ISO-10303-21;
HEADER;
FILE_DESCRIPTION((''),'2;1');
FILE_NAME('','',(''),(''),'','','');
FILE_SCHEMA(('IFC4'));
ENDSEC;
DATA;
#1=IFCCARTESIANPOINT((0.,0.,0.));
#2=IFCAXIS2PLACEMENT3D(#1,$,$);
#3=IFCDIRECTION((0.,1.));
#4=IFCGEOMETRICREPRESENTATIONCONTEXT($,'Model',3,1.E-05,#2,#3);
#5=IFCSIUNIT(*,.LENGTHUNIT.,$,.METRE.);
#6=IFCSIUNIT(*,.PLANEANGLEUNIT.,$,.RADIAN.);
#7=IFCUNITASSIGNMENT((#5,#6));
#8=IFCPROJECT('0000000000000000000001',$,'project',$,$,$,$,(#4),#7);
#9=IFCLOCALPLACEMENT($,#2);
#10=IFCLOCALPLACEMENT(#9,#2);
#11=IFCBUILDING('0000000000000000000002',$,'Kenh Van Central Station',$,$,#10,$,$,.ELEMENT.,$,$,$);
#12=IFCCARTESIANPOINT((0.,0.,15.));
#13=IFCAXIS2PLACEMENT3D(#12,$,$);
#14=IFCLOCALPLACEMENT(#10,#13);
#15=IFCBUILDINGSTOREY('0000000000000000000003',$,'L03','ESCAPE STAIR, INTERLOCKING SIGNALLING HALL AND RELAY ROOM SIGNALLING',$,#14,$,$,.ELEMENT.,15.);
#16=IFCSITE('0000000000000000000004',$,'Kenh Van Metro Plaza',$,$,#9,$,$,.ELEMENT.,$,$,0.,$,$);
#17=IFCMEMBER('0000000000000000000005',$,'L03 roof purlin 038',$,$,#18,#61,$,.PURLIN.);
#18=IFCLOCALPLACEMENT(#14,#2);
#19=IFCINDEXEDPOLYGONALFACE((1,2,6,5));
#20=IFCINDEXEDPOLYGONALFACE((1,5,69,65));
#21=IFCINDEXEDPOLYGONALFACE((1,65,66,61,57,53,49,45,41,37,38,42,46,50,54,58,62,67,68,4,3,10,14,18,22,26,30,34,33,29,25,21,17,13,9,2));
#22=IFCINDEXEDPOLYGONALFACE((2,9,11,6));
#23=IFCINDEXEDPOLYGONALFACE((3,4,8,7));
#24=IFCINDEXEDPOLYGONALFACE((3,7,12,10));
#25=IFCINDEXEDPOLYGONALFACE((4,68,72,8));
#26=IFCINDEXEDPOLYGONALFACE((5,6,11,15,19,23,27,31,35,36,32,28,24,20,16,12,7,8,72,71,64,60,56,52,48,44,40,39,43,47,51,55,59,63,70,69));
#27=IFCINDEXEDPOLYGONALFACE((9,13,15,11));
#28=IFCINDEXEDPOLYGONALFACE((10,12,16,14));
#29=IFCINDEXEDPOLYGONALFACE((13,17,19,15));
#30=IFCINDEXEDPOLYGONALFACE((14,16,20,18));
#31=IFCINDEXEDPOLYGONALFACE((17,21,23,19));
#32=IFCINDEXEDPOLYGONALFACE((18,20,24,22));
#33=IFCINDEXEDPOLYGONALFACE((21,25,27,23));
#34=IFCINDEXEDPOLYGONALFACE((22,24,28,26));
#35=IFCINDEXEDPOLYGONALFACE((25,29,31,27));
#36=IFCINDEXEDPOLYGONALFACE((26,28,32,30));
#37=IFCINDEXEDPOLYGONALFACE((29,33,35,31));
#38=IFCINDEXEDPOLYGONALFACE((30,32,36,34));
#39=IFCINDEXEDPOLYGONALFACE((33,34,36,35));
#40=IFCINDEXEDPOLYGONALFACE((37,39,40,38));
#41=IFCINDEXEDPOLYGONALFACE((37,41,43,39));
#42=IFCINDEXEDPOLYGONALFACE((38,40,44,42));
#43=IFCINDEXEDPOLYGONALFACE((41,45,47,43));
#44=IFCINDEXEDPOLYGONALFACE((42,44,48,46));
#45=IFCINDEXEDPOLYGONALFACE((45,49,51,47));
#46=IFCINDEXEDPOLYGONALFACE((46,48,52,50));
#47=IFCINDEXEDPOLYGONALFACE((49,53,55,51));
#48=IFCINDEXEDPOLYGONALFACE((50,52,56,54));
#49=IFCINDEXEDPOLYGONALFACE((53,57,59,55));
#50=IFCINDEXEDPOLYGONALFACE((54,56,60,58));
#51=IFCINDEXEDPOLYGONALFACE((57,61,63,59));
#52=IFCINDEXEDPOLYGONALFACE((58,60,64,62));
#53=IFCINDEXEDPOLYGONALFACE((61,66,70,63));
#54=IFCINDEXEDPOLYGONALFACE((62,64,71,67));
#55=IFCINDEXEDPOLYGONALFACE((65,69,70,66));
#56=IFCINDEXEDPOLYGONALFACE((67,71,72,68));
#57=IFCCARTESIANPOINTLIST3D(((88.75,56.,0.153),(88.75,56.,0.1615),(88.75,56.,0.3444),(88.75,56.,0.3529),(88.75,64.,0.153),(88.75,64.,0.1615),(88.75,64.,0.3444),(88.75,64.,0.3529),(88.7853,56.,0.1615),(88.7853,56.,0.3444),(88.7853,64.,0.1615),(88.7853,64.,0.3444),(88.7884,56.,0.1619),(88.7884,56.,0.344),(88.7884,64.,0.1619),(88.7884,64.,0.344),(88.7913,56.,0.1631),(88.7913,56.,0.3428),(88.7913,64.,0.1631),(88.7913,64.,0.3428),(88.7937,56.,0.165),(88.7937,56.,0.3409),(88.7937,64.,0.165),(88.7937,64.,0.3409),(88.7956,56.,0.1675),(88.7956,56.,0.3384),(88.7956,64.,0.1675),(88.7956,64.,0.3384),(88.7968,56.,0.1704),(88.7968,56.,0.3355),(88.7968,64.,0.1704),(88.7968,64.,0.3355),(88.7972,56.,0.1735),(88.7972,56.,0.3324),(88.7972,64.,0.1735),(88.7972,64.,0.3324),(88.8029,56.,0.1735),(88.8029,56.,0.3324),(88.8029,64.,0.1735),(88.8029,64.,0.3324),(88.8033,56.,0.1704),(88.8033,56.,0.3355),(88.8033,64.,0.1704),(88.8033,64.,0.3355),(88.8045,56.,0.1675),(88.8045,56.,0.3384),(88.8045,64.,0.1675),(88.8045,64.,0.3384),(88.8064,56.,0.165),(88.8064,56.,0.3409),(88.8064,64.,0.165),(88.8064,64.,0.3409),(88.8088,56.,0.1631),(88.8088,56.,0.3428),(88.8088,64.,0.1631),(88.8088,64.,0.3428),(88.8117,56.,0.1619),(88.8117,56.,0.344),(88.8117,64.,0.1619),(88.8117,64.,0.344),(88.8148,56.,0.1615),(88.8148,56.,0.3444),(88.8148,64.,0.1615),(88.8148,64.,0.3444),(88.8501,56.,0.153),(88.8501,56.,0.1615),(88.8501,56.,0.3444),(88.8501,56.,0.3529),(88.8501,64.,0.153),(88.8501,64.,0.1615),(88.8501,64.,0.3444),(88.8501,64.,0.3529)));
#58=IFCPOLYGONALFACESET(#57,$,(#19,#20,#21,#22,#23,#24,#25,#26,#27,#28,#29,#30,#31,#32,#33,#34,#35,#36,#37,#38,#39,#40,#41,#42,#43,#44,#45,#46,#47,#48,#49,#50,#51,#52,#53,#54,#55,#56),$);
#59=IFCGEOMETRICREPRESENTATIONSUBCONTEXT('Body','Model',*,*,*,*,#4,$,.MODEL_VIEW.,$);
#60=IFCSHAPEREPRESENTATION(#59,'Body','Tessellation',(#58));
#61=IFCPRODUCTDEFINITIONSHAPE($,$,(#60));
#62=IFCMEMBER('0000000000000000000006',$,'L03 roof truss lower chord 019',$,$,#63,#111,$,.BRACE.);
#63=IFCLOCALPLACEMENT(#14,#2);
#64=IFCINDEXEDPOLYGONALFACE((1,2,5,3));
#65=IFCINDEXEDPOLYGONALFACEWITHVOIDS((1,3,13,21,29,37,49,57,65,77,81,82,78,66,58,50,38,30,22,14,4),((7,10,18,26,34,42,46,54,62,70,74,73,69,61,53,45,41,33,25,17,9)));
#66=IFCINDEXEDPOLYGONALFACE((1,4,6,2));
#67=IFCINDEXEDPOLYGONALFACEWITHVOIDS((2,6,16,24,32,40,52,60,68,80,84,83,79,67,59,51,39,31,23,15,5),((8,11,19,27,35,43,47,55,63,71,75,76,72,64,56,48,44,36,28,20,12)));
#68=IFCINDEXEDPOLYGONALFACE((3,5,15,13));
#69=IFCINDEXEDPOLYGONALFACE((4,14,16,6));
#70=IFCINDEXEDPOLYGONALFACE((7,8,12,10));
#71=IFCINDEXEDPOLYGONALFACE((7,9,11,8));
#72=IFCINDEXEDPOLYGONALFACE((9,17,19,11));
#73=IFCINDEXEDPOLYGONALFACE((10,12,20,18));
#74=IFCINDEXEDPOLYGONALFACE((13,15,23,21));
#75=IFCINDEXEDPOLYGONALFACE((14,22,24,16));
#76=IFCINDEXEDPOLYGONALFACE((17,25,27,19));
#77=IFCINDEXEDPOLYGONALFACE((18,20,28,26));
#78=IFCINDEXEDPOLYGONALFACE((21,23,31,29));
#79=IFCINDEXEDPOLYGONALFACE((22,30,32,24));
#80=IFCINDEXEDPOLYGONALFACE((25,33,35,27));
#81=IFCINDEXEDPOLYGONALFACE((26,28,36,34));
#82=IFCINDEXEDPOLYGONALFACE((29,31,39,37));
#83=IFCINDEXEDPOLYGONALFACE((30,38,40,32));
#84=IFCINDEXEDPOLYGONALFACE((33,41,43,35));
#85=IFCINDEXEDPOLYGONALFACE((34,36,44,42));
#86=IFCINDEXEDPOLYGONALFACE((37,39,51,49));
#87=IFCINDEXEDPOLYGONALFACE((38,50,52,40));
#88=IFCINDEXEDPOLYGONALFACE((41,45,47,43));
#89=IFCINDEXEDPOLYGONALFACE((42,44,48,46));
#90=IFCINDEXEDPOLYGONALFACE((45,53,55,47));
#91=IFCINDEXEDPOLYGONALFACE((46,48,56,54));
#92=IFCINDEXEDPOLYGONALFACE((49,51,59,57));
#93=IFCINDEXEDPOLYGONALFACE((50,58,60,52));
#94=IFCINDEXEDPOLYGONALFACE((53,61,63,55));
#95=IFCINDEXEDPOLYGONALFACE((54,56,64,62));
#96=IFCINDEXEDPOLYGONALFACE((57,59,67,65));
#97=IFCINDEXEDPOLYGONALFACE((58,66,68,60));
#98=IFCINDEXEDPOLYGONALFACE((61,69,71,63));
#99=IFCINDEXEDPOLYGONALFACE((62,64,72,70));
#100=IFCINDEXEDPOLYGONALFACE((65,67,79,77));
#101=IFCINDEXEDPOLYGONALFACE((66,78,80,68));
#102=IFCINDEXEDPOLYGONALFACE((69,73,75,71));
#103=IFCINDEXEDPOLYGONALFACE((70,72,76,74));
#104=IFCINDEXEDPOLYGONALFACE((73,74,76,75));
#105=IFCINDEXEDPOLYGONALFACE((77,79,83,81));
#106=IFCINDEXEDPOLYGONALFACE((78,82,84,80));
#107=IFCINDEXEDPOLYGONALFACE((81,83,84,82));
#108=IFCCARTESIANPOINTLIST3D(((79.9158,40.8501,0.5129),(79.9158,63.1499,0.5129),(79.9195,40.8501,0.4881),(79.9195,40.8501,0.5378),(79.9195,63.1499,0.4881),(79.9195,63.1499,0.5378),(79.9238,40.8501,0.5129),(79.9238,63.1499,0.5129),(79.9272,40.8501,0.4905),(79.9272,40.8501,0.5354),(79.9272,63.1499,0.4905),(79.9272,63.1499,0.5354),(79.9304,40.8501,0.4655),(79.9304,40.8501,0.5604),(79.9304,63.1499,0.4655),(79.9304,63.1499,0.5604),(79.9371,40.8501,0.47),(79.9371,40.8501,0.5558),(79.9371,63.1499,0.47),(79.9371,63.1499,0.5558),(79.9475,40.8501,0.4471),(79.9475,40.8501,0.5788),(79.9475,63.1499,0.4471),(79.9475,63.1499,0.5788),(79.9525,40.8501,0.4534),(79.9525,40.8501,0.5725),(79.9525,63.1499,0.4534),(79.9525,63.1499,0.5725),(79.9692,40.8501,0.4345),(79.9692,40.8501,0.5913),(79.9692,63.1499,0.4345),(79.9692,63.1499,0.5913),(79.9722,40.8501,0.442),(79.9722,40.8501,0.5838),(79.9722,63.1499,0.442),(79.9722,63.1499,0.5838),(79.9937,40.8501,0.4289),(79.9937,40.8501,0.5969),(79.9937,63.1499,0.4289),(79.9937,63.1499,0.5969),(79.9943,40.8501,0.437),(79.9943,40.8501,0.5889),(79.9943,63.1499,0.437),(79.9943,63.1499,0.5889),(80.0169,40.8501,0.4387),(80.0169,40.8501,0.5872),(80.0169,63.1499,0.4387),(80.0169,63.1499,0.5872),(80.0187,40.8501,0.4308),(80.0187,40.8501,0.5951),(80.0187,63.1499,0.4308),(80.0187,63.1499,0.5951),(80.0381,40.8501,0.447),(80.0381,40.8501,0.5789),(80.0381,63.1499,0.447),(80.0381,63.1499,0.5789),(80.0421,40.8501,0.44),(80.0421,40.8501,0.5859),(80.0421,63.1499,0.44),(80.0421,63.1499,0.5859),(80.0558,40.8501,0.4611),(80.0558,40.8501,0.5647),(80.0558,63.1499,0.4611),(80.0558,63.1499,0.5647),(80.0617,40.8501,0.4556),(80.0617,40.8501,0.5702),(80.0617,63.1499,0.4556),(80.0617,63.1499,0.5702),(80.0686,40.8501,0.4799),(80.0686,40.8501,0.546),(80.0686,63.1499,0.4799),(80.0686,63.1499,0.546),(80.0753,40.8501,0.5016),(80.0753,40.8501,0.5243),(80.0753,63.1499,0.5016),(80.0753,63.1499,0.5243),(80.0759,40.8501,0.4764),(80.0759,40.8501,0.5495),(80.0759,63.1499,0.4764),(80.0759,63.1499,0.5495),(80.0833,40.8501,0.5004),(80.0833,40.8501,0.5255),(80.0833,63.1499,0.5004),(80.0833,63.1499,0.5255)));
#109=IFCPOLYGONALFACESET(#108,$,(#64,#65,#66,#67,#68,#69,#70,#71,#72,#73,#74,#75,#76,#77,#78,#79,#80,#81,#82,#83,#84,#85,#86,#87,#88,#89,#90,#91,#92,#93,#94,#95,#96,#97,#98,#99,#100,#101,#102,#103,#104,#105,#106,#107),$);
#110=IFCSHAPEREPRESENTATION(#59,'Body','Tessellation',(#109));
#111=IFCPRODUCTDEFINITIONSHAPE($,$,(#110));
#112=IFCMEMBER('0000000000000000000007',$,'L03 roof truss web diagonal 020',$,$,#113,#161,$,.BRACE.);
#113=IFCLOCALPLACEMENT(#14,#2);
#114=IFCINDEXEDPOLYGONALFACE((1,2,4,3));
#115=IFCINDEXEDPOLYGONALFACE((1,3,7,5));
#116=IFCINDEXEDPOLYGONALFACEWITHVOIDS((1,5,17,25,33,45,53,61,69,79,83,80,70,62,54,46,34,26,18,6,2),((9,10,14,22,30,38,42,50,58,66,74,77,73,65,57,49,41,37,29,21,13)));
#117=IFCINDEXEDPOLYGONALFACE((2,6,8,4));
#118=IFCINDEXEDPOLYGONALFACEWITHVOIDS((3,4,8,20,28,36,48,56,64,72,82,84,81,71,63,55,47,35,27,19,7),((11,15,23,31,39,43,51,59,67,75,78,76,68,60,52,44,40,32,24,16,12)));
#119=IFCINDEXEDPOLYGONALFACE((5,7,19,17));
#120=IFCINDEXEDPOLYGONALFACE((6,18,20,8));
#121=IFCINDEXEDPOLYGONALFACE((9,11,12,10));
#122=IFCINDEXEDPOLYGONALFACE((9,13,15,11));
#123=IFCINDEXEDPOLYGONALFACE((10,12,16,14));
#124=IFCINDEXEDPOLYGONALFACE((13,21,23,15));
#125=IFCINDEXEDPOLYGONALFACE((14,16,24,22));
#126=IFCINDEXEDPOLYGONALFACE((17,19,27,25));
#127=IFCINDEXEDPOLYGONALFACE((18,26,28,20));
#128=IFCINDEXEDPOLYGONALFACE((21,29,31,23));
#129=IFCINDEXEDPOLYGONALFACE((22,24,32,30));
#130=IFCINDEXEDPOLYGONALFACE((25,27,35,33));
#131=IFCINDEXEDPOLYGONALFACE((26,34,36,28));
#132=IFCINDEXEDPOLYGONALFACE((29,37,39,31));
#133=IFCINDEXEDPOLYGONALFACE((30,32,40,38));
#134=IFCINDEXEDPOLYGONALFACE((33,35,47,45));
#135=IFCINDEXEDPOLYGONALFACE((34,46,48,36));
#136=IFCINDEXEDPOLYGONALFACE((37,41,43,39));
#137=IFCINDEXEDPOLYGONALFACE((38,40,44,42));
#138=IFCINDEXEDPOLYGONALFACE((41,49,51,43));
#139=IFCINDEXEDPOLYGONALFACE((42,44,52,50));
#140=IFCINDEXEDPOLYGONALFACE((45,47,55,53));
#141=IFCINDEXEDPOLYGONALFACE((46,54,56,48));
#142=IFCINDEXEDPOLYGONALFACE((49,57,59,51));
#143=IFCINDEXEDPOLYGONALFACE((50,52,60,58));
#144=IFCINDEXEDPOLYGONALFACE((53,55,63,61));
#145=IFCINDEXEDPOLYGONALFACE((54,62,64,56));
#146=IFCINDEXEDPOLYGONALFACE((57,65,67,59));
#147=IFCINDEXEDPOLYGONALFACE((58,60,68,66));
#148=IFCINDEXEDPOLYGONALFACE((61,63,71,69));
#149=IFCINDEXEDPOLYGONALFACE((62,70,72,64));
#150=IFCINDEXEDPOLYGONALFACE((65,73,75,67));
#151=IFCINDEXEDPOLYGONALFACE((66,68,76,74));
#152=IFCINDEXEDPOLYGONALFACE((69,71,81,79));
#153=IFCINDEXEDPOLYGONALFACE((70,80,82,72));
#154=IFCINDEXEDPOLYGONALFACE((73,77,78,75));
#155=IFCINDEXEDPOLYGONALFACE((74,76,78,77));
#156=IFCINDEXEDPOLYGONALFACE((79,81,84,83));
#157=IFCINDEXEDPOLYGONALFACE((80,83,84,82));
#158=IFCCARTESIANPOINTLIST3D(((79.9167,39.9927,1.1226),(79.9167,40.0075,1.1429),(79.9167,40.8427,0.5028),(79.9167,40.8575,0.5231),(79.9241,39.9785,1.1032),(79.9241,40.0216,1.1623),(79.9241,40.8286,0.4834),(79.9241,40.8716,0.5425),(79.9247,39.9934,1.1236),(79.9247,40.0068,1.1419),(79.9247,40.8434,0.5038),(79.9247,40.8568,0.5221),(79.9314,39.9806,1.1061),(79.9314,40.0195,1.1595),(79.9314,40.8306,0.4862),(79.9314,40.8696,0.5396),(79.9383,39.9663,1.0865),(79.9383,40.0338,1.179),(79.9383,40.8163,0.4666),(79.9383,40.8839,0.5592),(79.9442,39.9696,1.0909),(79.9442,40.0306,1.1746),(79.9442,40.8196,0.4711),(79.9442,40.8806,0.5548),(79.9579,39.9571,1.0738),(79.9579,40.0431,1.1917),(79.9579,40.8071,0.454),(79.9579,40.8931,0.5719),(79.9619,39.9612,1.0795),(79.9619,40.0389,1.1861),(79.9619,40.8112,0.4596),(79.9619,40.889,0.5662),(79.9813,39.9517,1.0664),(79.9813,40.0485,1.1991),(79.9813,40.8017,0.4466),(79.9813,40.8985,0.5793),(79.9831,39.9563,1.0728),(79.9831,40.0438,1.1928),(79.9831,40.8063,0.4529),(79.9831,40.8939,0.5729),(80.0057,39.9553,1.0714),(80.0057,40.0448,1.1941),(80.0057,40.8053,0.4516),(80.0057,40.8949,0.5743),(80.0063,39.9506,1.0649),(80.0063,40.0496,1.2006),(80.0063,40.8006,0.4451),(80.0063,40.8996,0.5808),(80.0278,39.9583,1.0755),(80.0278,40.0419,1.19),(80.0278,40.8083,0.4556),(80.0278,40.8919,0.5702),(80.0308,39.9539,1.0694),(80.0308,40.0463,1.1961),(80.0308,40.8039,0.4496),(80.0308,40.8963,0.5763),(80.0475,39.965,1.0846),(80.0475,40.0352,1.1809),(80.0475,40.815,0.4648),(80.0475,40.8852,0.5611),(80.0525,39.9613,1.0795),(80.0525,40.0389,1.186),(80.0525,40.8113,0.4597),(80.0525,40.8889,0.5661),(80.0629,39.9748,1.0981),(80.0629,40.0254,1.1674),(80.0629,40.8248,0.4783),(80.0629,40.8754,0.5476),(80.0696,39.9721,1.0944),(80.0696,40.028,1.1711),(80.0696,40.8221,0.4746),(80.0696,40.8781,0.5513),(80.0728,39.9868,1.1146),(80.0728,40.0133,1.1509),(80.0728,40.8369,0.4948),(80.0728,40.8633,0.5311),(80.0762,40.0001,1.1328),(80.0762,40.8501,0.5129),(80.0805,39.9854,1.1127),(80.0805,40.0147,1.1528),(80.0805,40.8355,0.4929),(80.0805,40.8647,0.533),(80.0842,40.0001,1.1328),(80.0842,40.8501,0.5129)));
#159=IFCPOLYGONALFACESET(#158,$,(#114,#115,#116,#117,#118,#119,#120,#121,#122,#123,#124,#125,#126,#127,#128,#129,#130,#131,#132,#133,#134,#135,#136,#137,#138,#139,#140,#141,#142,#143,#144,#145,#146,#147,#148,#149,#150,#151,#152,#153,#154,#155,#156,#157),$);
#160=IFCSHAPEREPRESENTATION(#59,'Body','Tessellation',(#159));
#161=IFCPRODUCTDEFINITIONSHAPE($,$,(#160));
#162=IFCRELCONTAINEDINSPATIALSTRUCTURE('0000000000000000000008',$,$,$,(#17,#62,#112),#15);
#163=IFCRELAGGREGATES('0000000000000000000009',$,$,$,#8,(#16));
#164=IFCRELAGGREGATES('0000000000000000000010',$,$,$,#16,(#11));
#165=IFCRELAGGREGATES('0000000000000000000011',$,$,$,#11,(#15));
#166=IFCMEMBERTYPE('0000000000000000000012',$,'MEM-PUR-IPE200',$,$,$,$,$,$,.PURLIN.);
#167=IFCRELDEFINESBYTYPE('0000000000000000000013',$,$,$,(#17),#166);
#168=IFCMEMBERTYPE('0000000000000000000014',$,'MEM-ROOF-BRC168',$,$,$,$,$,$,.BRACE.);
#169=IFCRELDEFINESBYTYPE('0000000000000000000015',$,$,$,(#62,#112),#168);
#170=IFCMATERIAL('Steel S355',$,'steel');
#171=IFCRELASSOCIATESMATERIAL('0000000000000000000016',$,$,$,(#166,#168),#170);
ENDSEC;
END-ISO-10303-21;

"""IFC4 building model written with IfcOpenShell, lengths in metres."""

from ifc_helpers import new_model, si_unit, direction, frame, origin, origin_2d, place, context, subcontext, project, spatial, hollow_circle, i_section, extrude, material, material_profile, profile_set, type_object, element, save


model = new_model("IFC4")

# Units and contexts
model_context = context("Model", 3, precision=1e-05, world=origin(), true_north=direction((0.0, 1.0)))
body_context = subcontext(model_context, "Body", "Model", "MODEL_VIEW")
ifc_project = project(units=[si_unit("LENGTHUNIT", "METRE"), si_unit("PLANEANGLEUNIT", "RADIAN")], contexts=[model_context])

# Site, building, storey
site_placement = place(None, origin())
site = spatial("IfcSite", under=ifc_project, at=site_placement, Name="Kenh Van Metro Plaza", CompositionType="ELEMENT", RefElevation=0.0)
building_placement = place(site_placement, origin())
building = spatial("IfcBuilding", under=site, at=building_placement, Name="Kenh Van Central Station", CompositionType="ELEMENT")
storey_placement = place(building_placement, frame((0.0, 0.0, 15.0)))
storey = spatial("IfcBuildingStorey", under=building, at=storey_placement, Name="L03", Description="ESCAPE STAIR, INTERLOCKING SIGNALLING HALL AND RELAY ROOM SIGNALLING", CompositionType="ELEMENT", Elevation=15.0)

# Shared definitions
ifc_material_1 = material(Name="Steel S355", Category="steel")

# Members
ifc_material_profile_1 = material_profile(ifc_material_1, i_section(OverallWidth=0.1001, OverallDepth=0.2, WebThickness=0.0056, FlangeThickness=0.0085, FilletRadius=0.012, at=origin_2d()), Name="IPE 200")
ifc_profile_set_1 = profile_set([ifc_material_profile_1], Name="Steel S355")
member_type_1 = type_object("IfcMemberType", Name="MEM-PUR-IPE200", PredefinedType="PURLIN", material=ifc_profile_set_1)
for number, where, z_axis, x_axis, name in (
    (1, (88.8, 56.0, 0.2529), (0.0, 1.0, 0.0), (-1.0, 0.0, 0.0), "L03 roof purlin 038"),
):
    element("IfcMember", number, at=place(storey_placement, frame(where, z_axis=z_axis, x_axis=x_axis)), inside=storey, type_object=member_type_1, Name=name, PredefinedType="PURLIN", context=body_context, shape_type="SweptSolid", body=[
        extrude(i_section(OverallWidth=0.1001, OverallDepth=0.2, WebThickness=0.0056, FlangeThickness=0.0085, FilletRadius=0.012, at=origin_2d()), origin(), (0.0, 0.0, 1.0), 8.0),
    ])
ifc_material_profile_2 = material_profile(ifc_material_1, hollow_circle(Radius=0.0842, WallThickness=0.0081, at=origin_2d()), Name="CHS 168.3x8")
ifc_profile_set_2 = profile_set([ifc_material_profile_2], Name="Steel S355")
member_type_2 = type_object("IfcMemberType", Name="MEM-ROOF-BRC168", PredefinedType="BRACE", material=ifc_profile_set_2)
member_1_placement = place(storey_placement, frame((80.0, 40.8501, 0.5129), z_axis=(0.0, 1.0, 0.0), x_axis=(-1.0, 0.0, 0.0)))
element("IfcMember", 2, at=member_1_placement, inside=storey, type_object=member_type_2, Name="L03 roof truss lower chord 019", PredefinedType="BRACE", context=body_context, shape_type="SweptSolid", body=[
    extrude(hollow_circle(Radius=0.0842, WallThickness=0.0081, at=origin_2d()), origin(), (0.0, 0.0, 1.0), 22.2998),
])
for number, where, z_axis, x_axis, name in (
    (3, (80.0, 40.8501, 0.5129), (0.0, -0.808003, 0.589178), (1.0, 0.0, 0.0), "L03 roof truss web diagonal 020"),
):
    element("IfcMember", number, at=place(storey_placement, frame(where, z_axis=z_axis, x_axis=x_axis)), inside=storey, type_object=member_type_2, Name=name, PredefinedType="BRACE", context=body_context, shape_type="SweptSolid", body=[
        extrude(hollow_circle(Radius=0.0842, WallThickness=0.0081, at=origin_2d()), origin(), (0.0, 0.0, 1.0), 1.052),
    ])

save(model, "model.ifc")
